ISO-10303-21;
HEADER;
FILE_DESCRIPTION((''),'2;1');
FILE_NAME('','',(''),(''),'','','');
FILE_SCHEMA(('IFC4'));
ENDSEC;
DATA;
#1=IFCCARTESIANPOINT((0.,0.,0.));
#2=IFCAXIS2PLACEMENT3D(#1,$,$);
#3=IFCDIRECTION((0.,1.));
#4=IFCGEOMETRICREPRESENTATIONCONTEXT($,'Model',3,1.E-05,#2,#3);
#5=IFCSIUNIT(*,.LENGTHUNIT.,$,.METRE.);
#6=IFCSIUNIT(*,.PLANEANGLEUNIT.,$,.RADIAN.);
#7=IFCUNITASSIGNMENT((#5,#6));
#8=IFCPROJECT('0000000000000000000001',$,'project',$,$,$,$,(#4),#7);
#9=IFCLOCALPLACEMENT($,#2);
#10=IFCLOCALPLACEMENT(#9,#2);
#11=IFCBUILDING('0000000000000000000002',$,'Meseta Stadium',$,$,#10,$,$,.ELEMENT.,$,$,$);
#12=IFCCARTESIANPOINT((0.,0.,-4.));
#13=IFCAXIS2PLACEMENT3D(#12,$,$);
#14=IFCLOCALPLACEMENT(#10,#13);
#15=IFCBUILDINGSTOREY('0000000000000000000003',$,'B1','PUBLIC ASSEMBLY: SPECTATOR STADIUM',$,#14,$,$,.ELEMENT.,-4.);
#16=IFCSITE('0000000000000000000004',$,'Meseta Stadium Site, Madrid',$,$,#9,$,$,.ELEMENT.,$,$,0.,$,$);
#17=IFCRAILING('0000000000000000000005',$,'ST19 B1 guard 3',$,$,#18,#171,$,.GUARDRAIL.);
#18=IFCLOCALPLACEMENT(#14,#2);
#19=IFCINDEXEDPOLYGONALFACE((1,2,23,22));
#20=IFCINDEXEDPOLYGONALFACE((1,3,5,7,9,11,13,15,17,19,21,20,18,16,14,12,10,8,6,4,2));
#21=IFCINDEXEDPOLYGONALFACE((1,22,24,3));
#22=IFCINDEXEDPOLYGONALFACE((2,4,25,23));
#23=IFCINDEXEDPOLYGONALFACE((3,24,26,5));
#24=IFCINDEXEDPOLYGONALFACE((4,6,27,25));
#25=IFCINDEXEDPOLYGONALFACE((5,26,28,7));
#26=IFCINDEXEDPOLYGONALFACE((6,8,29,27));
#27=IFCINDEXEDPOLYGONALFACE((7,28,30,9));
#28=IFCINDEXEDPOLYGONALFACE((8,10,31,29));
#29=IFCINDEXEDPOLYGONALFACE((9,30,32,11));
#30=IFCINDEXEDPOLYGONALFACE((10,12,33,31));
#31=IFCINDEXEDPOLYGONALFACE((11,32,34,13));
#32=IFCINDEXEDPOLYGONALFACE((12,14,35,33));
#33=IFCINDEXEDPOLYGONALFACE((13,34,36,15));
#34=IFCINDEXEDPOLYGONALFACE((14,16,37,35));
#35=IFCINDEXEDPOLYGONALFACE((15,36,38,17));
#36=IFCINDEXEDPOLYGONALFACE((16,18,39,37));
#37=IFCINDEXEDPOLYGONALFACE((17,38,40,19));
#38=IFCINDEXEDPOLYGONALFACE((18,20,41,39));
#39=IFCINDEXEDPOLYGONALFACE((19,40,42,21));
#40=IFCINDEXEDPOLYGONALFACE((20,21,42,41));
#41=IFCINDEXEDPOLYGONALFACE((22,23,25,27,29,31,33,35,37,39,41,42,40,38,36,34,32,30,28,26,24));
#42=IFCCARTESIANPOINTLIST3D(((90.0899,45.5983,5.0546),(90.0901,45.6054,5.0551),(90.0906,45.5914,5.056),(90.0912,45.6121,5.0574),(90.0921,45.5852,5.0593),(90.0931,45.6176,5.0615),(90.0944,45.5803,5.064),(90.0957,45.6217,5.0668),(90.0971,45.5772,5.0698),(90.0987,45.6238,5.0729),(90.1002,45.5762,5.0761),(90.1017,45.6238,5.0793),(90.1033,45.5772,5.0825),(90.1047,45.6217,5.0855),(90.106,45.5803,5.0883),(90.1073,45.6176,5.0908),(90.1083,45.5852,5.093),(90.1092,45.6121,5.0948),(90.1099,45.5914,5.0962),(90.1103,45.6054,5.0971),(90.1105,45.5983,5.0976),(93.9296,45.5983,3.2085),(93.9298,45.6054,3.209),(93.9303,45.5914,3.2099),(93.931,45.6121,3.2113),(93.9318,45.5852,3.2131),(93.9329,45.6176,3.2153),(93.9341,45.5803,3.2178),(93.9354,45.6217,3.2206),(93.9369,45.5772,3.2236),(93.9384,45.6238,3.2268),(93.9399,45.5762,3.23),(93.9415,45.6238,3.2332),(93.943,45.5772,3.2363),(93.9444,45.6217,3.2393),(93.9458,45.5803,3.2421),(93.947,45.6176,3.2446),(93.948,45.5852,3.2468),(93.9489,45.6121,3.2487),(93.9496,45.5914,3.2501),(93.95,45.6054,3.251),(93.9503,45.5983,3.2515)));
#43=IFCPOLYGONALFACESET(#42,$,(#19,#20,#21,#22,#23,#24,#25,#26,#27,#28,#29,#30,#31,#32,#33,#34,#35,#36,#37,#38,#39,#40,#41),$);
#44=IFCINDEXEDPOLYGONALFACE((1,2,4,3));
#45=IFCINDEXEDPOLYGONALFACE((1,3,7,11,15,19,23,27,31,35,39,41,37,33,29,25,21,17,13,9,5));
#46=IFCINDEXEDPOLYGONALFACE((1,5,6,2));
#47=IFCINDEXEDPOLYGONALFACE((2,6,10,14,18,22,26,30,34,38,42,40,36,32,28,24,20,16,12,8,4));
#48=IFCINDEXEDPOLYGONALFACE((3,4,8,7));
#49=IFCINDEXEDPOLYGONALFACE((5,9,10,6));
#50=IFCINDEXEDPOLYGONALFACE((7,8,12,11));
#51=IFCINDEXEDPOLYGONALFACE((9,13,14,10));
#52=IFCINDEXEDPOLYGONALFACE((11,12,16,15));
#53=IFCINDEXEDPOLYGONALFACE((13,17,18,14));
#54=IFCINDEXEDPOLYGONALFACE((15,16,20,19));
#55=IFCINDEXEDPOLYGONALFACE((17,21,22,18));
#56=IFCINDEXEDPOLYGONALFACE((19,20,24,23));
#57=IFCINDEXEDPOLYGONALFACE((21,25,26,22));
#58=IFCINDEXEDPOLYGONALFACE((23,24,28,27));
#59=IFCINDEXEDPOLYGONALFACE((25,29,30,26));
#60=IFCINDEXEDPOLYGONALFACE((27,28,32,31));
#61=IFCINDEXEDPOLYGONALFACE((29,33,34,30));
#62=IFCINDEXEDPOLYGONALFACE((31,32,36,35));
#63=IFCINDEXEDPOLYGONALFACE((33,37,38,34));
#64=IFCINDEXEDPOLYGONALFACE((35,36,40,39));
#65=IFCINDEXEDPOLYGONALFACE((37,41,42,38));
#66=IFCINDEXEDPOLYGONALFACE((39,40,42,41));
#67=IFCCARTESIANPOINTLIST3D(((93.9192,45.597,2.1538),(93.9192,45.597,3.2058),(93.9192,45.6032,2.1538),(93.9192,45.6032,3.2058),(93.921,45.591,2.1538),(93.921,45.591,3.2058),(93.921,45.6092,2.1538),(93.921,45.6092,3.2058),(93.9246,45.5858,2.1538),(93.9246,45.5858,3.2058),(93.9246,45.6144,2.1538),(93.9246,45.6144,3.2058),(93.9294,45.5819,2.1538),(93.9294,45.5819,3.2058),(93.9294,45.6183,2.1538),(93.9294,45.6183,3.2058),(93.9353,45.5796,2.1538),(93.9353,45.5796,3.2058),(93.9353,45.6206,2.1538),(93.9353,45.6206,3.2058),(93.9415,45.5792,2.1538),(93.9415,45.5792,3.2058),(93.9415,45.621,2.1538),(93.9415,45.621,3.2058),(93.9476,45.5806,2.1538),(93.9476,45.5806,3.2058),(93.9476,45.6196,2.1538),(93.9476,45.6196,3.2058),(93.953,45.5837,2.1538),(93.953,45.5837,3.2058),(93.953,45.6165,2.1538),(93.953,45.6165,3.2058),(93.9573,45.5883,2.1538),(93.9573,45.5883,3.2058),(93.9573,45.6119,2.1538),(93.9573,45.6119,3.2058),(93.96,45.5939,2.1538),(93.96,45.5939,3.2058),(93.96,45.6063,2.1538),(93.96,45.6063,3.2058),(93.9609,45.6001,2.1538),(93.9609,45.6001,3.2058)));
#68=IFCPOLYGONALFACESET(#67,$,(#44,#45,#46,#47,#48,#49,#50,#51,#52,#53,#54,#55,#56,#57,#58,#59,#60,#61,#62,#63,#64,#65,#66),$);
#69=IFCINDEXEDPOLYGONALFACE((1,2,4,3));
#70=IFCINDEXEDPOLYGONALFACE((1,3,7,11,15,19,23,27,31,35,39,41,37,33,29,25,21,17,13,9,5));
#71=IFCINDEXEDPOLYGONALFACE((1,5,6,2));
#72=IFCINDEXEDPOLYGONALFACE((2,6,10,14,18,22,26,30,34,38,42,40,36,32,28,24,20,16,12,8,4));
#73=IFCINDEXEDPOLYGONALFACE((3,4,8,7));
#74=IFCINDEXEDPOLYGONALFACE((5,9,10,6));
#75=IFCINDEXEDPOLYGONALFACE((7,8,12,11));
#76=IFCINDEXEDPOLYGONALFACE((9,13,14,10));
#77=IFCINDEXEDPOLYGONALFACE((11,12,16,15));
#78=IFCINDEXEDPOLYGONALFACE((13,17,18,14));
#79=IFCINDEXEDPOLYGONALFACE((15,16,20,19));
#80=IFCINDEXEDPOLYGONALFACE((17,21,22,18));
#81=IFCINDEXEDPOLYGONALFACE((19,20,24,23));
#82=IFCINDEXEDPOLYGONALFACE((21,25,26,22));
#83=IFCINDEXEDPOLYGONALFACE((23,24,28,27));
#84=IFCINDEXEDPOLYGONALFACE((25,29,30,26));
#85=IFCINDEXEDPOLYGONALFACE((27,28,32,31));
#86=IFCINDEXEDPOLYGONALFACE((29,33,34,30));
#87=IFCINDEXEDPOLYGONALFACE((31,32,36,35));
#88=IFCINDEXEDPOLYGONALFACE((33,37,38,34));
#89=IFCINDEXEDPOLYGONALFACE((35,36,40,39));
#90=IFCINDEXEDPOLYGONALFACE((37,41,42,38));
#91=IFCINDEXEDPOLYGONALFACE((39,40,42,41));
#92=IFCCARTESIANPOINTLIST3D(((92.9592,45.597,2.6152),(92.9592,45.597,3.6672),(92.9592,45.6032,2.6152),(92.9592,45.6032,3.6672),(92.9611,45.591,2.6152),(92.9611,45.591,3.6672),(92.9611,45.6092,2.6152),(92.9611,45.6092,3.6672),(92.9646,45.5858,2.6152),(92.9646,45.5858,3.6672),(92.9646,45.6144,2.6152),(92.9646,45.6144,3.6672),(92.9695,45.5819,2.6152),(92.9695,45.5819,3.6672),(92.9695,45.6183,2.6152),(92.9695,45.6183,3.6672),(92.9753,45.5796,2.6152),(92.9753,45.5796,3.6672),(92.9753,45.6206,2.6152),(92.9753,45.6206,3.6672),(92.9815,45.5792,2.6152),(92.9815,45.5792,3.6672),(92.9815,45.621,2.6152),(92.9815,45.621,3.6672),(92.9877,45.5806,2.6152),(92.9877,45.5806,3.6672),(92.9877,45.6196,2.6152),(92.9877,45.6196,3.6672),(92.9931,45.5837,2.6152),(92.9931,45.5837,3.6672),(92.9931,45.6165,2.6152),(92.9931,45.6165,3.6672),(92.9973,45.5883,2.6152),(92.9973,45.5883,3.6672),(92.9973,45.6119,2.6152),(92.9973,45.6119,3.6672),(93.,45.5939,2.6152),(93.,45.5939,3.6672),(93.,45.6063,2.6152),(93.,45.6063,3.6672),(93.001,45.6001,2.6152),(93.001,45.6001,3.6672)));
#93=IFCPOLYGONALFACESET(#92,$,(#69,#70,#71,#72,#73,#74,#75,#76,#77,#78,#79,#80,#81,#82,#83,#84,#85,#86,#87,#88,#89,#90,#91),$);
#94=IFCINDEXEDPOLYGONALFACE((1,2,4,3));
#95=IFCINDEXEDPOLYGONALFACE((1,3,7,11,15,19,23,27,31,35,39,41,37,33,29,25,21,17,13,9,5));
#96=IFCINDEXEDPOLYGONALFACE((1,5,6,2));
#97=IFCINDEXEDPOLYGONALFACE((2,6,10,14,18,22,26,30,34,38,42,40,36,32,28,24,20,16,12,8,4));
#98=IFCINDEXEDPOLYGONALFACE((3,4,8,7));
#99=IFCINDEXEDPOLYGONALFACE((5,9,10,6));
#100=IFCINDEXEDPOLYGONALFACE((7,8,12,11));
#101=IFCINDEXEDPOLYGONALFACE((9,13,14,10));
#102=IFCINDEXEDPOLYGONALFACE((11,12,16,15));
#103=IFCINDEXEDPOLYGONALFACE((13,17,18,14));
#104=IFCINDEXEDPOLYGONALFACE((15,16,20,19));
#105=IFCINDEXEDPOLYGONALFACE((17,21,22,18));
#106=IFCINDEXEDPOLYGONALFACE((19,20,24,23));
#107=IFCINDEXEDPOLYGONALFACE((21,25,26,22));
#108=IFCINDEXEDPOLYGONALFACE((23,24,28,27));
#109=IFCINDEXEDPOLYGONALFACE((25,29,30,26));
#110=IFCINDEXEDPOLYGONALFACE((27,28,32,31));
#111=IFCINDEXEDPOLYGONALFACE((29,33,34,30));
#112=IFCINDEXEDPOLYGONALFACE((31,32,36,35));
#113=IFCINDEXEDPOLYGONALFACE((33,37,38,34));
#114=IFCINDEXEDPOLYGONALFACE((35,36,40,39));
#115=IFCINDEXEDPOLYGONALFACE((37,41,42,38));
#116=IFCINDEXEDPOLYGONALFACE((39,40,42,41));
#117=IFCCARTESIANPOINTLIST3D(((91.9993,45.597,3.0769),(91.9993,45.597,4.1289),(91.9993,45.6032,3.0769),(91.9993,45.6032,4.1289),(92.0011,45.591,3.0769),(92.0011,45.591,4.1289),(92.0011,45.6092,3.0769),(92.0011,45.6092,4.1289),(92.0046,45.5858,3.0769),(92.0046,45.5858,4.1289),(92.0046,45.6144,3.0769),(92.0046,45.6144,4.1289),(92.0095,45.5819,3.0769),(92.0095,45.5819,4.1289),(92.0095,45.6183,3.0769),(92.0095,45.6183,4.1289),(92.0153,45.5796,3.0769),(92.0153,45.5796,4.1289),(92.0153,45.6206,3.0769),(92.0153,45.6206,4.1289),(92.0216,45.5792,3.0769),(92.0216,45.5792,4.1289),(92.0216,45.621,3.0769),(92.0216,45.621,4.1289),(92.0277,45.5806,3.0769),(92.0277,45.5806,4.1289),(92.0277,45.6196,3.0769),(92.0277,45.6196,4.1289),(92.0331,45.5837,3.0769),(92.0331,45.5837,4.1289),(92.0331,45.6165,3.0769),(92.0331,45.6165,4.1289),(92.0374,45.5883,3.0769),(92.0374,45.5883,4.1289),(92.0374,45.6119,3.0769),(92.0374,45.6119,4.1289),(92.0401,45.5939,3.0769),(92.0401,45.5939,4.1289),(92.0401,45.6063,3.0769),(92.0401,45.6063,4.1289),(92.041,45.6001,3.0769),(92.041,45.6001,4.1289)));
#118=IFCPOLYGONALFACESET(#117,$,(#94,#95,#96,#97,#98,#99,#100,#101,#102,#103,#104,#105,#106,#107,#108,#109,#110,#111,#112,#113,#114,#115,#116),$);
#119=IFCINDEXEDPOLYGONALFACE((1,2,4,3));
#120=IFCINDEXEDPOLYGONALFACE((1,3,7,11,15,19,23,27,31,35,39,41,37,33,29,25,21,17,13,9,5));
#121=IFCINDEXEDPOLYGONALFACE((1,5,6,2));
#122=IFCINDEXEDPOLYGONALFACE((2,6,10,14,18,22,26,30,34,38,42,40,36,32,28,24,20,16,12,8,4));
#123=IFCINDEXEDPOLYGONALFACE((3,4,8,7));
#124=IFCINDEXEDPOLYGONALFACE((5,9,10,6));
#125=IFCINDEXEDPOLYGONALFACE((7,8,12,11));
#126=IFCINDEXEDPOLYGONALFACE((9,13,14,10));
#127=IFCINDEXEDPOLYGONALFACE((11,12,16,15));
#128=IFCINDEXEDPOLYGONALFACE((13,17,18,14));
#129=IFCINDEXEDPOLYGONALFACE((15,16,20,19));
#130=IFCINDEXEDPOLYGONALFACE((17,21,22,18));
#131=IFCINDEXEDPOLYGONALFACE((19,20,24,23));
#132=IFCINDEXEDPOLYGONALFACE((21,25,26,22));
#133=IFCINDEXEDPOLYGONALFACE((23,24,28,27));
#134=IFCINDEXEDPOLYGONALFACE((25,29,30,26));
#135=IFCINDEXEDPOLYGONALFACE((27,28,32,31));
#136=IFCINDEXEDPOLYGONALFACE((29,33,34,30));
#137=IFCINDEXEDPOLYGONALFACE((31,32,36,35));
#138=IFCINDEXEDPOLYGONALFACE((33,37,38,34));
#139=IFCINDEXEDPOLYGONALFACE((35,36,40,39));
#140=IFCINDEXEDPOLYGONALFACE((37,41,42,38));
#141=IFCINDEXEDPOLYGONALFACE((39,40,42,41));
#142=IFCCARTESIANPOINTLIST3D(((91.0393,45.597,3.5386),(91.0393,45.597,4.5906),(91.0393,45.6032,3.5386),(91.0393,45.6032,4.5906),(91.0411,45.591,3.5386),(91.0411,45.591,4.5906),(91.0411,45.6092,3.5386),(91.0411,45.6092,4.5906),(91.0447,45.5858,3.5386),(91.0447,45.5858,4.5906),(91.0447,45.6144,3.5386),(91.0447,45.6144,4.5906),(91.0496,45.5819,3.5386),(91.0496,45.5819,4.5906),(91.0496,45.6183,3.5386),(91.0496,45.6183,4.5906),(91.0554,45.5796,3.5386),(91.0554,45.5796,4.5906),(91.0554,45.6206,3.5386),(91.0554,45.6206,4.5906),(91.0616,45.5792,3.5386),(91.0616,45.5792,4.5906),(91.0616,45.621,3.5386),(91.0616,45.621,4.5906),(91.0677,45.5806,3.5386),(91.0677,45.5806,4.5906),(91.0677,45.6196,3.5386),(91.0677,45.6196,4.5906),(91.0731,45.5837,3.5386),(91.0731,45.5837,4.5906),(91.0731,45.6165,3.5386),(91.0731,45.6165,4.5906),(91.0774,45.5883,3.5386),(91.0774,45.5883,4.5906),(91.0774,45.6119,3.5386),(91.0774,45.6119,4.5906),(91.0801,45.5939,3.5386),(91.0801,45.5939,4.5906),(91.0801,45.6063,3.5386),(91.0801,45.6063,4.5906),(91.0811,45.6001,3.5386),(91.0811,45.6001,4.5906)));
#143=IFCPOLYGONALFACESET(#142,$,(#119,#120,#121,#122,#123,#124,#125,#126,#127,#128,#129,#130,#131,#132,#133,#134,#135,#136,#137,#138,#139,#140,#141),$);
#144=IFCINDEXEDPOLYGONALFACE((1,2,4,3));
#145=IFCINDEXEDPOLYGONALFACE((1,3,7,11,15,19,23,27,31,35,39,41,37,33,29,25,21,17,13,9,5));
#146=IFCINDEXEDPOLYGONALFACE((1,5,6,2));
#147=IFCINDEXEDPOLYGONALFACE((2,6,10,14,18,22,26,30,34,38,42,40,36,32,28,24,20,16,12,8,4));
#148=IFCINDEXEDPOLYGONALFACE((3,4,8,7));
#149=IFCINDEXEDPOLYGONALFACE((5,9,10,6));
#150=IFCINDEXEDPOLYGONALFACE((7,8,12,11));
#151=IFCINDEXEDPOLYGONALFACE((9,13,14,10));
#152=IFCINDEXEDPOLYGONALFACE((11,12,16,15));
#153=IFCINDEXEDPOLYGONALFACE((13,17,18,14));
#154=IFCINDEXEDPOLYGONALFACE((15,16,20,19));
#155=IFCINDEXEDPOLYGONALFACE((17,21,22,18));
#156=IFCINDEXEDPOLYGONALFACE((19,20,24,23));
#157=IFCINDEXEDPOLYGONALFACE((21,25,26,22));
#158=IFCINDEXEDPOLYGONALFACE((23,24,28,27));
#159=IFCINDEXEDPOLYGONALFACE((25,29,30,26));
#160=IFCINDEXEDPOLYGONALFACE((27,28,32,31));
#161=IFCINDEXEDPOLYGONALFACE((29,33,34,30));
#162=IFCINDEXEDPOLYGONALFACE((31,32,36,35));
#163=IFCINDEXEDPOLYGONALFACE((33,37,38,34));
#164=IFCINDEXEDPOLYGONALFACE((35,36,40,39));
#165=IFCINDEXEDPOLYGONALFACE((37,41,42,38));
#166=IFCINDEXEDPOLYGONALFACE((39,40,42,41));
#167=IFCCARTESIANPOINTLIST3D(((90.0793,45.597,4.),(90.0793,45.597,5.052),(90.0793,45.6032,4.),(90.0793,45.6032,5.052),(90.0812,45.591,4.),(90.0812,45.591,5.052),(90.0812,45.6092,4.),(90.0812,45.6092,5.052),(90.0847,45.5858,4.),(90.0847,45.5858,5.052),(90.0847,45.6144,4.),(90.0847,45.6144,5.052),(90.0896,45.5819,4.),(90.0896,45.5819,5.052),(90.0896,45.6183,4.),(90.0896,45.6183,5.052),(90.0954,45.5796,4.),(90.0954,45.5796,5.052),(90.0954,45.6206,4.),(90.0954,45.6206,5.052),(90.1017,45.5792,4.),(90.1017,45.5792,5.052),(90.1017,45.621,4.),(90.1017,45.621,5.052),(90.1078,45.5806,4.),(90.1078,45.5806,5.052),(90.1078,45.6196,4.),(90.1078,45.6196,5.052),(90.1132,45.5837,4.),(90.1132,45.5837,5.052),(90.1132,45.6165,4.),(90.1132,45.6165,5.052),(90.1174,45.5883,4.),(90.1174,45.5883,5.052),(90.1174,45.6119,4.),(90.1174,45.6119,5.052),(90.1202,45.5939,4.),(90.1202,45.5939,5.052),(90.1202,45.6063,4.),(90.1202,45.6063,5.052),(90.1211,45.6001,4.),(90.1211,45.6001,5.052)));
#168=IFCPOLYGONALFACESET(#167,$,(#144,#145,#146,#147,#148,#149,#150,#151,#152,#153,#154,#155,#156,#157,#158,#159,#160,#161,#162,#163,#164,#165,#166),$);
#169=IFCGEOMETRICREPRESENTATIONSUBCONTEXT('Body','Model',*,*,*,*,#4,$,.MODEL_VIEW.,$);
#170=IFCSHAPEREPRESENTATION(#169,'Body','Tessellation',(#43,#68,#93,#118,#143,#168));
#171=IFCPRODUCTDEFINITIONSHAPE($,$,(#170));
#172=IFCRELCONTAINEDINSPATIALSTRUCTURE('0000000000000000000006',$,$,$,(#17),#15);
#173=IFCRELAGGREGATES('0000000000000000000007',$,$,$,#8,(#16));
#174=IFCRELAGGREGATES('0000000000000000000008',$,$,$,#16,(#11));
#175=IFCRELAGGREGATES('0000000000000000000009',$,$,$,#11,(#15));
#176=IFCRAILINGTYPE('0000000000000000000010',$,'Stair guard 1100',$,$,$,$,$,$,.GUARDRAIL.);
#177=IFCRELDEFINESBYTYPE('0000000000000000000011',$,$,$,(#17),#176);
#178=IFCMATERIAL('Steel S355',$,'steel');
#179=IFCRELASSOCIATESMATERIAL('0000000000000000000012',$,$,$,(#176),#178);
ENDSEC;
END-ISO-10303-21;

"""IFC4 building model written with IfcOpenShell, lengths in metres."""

from ifc_helpers import new_model, si_unit, direction, frame, origin, origin_2d, place, context, subcontext, project, spatial, circle, extrude, material, type_object, element, save


model = new_model("IFC4")

# Units and contexts
model_context = context("Model", 3, precision=1e-05, world=origin(), true_north=direction((0.0, 1.0)))
body_context = subcontext(model_context, "Body", "Model", "MODEL_VIEW")
ifc_project = project(units=[si_unit("LENGTHUNIT", "METRE"), si_unit("PLANEANGLEUNIT", "RADIAN")], contexts=[model_context])

# Site, building, storey
site_placement = place(None, origin())
site = spatial("IfcSite", under=ifc_project, at=site_placement, Name="Meseta Stadium Site, Madrid", CompositionType="ELEMENT", RefElevation=0.0)
building_placement = place(site_placement, origin())
building = spatial("IfcBuilding", under=site, at=building_placement, Name="Meseta Stadium", CompositionType="ELEMENT")
storey_placement = place(building_placement, frame((0.0, 0.0, -4.0)))
storey = spatial("IfcBuildingStorey", under=building, at=storey_placement, Name="B1", Description="PUBLIC ASSEMBLY: SPECTATOR STADIUM", CompositionType="ELEMENT", Elevation=-4.0)

# Railing
ifc_material_1 = material(Name="Steel S355", Category="steel")
railing_type_1 = type_object("IfcRailingType", Name="Stair guard 1100", PredefinedType="GUARDRAIL", material=ifc_material_1)
railing_1_placement = place(storey_placement, frame((93.9399, 45.6001, 2.1538)))
element("IfcRailing", 1, at=railing_1_placement, inside=storey, type_object=railing_type_1, Name="ST19 B1 guard 3", PredefinedType="GUARDRAIL", context=body_context, shape_type="SweptSolid", body=[
    extrude(circle(Radius=0.0239, at=origin_2d()), frame((0.0, 0.0, 1.0762), z_axis=(-0.901242, 0.0, 0.433316), x_axis=(0.0, -1.0, 0.0)), (0.0, 0.0, 1.0), 4.2605),
    extrude(circle(Radius=0.021, at=origin_2d()), origin(), (0.0, 0.0, 1.0), 1.052),
    extrude(circle(Radius=0.021, at=origin_2d()), frame((-0.96, 0.0, 0.4614)), (0.0, 0.0, 1.0), 1.052),
    extrude(circle(Radius=0.021, at=origin_2d()), frame((-1.9199, 0.0, 0.9231)), (0.0, 0.0, 1.0), 1.052),
    extrude(circle(Radius=0.021, at=origin_2d()), frame((-2.8799, 0.0, 1.3848)), (0.0, 0.0, 1.0), 1.052),
    extrude(circle(Radius=0.021, at=origin_2d()), frame((-3.8398, 0.0, 1.8462)), (0.0, 0.0, 1.0), 1.052),
])

save(model, "model.ifc")
